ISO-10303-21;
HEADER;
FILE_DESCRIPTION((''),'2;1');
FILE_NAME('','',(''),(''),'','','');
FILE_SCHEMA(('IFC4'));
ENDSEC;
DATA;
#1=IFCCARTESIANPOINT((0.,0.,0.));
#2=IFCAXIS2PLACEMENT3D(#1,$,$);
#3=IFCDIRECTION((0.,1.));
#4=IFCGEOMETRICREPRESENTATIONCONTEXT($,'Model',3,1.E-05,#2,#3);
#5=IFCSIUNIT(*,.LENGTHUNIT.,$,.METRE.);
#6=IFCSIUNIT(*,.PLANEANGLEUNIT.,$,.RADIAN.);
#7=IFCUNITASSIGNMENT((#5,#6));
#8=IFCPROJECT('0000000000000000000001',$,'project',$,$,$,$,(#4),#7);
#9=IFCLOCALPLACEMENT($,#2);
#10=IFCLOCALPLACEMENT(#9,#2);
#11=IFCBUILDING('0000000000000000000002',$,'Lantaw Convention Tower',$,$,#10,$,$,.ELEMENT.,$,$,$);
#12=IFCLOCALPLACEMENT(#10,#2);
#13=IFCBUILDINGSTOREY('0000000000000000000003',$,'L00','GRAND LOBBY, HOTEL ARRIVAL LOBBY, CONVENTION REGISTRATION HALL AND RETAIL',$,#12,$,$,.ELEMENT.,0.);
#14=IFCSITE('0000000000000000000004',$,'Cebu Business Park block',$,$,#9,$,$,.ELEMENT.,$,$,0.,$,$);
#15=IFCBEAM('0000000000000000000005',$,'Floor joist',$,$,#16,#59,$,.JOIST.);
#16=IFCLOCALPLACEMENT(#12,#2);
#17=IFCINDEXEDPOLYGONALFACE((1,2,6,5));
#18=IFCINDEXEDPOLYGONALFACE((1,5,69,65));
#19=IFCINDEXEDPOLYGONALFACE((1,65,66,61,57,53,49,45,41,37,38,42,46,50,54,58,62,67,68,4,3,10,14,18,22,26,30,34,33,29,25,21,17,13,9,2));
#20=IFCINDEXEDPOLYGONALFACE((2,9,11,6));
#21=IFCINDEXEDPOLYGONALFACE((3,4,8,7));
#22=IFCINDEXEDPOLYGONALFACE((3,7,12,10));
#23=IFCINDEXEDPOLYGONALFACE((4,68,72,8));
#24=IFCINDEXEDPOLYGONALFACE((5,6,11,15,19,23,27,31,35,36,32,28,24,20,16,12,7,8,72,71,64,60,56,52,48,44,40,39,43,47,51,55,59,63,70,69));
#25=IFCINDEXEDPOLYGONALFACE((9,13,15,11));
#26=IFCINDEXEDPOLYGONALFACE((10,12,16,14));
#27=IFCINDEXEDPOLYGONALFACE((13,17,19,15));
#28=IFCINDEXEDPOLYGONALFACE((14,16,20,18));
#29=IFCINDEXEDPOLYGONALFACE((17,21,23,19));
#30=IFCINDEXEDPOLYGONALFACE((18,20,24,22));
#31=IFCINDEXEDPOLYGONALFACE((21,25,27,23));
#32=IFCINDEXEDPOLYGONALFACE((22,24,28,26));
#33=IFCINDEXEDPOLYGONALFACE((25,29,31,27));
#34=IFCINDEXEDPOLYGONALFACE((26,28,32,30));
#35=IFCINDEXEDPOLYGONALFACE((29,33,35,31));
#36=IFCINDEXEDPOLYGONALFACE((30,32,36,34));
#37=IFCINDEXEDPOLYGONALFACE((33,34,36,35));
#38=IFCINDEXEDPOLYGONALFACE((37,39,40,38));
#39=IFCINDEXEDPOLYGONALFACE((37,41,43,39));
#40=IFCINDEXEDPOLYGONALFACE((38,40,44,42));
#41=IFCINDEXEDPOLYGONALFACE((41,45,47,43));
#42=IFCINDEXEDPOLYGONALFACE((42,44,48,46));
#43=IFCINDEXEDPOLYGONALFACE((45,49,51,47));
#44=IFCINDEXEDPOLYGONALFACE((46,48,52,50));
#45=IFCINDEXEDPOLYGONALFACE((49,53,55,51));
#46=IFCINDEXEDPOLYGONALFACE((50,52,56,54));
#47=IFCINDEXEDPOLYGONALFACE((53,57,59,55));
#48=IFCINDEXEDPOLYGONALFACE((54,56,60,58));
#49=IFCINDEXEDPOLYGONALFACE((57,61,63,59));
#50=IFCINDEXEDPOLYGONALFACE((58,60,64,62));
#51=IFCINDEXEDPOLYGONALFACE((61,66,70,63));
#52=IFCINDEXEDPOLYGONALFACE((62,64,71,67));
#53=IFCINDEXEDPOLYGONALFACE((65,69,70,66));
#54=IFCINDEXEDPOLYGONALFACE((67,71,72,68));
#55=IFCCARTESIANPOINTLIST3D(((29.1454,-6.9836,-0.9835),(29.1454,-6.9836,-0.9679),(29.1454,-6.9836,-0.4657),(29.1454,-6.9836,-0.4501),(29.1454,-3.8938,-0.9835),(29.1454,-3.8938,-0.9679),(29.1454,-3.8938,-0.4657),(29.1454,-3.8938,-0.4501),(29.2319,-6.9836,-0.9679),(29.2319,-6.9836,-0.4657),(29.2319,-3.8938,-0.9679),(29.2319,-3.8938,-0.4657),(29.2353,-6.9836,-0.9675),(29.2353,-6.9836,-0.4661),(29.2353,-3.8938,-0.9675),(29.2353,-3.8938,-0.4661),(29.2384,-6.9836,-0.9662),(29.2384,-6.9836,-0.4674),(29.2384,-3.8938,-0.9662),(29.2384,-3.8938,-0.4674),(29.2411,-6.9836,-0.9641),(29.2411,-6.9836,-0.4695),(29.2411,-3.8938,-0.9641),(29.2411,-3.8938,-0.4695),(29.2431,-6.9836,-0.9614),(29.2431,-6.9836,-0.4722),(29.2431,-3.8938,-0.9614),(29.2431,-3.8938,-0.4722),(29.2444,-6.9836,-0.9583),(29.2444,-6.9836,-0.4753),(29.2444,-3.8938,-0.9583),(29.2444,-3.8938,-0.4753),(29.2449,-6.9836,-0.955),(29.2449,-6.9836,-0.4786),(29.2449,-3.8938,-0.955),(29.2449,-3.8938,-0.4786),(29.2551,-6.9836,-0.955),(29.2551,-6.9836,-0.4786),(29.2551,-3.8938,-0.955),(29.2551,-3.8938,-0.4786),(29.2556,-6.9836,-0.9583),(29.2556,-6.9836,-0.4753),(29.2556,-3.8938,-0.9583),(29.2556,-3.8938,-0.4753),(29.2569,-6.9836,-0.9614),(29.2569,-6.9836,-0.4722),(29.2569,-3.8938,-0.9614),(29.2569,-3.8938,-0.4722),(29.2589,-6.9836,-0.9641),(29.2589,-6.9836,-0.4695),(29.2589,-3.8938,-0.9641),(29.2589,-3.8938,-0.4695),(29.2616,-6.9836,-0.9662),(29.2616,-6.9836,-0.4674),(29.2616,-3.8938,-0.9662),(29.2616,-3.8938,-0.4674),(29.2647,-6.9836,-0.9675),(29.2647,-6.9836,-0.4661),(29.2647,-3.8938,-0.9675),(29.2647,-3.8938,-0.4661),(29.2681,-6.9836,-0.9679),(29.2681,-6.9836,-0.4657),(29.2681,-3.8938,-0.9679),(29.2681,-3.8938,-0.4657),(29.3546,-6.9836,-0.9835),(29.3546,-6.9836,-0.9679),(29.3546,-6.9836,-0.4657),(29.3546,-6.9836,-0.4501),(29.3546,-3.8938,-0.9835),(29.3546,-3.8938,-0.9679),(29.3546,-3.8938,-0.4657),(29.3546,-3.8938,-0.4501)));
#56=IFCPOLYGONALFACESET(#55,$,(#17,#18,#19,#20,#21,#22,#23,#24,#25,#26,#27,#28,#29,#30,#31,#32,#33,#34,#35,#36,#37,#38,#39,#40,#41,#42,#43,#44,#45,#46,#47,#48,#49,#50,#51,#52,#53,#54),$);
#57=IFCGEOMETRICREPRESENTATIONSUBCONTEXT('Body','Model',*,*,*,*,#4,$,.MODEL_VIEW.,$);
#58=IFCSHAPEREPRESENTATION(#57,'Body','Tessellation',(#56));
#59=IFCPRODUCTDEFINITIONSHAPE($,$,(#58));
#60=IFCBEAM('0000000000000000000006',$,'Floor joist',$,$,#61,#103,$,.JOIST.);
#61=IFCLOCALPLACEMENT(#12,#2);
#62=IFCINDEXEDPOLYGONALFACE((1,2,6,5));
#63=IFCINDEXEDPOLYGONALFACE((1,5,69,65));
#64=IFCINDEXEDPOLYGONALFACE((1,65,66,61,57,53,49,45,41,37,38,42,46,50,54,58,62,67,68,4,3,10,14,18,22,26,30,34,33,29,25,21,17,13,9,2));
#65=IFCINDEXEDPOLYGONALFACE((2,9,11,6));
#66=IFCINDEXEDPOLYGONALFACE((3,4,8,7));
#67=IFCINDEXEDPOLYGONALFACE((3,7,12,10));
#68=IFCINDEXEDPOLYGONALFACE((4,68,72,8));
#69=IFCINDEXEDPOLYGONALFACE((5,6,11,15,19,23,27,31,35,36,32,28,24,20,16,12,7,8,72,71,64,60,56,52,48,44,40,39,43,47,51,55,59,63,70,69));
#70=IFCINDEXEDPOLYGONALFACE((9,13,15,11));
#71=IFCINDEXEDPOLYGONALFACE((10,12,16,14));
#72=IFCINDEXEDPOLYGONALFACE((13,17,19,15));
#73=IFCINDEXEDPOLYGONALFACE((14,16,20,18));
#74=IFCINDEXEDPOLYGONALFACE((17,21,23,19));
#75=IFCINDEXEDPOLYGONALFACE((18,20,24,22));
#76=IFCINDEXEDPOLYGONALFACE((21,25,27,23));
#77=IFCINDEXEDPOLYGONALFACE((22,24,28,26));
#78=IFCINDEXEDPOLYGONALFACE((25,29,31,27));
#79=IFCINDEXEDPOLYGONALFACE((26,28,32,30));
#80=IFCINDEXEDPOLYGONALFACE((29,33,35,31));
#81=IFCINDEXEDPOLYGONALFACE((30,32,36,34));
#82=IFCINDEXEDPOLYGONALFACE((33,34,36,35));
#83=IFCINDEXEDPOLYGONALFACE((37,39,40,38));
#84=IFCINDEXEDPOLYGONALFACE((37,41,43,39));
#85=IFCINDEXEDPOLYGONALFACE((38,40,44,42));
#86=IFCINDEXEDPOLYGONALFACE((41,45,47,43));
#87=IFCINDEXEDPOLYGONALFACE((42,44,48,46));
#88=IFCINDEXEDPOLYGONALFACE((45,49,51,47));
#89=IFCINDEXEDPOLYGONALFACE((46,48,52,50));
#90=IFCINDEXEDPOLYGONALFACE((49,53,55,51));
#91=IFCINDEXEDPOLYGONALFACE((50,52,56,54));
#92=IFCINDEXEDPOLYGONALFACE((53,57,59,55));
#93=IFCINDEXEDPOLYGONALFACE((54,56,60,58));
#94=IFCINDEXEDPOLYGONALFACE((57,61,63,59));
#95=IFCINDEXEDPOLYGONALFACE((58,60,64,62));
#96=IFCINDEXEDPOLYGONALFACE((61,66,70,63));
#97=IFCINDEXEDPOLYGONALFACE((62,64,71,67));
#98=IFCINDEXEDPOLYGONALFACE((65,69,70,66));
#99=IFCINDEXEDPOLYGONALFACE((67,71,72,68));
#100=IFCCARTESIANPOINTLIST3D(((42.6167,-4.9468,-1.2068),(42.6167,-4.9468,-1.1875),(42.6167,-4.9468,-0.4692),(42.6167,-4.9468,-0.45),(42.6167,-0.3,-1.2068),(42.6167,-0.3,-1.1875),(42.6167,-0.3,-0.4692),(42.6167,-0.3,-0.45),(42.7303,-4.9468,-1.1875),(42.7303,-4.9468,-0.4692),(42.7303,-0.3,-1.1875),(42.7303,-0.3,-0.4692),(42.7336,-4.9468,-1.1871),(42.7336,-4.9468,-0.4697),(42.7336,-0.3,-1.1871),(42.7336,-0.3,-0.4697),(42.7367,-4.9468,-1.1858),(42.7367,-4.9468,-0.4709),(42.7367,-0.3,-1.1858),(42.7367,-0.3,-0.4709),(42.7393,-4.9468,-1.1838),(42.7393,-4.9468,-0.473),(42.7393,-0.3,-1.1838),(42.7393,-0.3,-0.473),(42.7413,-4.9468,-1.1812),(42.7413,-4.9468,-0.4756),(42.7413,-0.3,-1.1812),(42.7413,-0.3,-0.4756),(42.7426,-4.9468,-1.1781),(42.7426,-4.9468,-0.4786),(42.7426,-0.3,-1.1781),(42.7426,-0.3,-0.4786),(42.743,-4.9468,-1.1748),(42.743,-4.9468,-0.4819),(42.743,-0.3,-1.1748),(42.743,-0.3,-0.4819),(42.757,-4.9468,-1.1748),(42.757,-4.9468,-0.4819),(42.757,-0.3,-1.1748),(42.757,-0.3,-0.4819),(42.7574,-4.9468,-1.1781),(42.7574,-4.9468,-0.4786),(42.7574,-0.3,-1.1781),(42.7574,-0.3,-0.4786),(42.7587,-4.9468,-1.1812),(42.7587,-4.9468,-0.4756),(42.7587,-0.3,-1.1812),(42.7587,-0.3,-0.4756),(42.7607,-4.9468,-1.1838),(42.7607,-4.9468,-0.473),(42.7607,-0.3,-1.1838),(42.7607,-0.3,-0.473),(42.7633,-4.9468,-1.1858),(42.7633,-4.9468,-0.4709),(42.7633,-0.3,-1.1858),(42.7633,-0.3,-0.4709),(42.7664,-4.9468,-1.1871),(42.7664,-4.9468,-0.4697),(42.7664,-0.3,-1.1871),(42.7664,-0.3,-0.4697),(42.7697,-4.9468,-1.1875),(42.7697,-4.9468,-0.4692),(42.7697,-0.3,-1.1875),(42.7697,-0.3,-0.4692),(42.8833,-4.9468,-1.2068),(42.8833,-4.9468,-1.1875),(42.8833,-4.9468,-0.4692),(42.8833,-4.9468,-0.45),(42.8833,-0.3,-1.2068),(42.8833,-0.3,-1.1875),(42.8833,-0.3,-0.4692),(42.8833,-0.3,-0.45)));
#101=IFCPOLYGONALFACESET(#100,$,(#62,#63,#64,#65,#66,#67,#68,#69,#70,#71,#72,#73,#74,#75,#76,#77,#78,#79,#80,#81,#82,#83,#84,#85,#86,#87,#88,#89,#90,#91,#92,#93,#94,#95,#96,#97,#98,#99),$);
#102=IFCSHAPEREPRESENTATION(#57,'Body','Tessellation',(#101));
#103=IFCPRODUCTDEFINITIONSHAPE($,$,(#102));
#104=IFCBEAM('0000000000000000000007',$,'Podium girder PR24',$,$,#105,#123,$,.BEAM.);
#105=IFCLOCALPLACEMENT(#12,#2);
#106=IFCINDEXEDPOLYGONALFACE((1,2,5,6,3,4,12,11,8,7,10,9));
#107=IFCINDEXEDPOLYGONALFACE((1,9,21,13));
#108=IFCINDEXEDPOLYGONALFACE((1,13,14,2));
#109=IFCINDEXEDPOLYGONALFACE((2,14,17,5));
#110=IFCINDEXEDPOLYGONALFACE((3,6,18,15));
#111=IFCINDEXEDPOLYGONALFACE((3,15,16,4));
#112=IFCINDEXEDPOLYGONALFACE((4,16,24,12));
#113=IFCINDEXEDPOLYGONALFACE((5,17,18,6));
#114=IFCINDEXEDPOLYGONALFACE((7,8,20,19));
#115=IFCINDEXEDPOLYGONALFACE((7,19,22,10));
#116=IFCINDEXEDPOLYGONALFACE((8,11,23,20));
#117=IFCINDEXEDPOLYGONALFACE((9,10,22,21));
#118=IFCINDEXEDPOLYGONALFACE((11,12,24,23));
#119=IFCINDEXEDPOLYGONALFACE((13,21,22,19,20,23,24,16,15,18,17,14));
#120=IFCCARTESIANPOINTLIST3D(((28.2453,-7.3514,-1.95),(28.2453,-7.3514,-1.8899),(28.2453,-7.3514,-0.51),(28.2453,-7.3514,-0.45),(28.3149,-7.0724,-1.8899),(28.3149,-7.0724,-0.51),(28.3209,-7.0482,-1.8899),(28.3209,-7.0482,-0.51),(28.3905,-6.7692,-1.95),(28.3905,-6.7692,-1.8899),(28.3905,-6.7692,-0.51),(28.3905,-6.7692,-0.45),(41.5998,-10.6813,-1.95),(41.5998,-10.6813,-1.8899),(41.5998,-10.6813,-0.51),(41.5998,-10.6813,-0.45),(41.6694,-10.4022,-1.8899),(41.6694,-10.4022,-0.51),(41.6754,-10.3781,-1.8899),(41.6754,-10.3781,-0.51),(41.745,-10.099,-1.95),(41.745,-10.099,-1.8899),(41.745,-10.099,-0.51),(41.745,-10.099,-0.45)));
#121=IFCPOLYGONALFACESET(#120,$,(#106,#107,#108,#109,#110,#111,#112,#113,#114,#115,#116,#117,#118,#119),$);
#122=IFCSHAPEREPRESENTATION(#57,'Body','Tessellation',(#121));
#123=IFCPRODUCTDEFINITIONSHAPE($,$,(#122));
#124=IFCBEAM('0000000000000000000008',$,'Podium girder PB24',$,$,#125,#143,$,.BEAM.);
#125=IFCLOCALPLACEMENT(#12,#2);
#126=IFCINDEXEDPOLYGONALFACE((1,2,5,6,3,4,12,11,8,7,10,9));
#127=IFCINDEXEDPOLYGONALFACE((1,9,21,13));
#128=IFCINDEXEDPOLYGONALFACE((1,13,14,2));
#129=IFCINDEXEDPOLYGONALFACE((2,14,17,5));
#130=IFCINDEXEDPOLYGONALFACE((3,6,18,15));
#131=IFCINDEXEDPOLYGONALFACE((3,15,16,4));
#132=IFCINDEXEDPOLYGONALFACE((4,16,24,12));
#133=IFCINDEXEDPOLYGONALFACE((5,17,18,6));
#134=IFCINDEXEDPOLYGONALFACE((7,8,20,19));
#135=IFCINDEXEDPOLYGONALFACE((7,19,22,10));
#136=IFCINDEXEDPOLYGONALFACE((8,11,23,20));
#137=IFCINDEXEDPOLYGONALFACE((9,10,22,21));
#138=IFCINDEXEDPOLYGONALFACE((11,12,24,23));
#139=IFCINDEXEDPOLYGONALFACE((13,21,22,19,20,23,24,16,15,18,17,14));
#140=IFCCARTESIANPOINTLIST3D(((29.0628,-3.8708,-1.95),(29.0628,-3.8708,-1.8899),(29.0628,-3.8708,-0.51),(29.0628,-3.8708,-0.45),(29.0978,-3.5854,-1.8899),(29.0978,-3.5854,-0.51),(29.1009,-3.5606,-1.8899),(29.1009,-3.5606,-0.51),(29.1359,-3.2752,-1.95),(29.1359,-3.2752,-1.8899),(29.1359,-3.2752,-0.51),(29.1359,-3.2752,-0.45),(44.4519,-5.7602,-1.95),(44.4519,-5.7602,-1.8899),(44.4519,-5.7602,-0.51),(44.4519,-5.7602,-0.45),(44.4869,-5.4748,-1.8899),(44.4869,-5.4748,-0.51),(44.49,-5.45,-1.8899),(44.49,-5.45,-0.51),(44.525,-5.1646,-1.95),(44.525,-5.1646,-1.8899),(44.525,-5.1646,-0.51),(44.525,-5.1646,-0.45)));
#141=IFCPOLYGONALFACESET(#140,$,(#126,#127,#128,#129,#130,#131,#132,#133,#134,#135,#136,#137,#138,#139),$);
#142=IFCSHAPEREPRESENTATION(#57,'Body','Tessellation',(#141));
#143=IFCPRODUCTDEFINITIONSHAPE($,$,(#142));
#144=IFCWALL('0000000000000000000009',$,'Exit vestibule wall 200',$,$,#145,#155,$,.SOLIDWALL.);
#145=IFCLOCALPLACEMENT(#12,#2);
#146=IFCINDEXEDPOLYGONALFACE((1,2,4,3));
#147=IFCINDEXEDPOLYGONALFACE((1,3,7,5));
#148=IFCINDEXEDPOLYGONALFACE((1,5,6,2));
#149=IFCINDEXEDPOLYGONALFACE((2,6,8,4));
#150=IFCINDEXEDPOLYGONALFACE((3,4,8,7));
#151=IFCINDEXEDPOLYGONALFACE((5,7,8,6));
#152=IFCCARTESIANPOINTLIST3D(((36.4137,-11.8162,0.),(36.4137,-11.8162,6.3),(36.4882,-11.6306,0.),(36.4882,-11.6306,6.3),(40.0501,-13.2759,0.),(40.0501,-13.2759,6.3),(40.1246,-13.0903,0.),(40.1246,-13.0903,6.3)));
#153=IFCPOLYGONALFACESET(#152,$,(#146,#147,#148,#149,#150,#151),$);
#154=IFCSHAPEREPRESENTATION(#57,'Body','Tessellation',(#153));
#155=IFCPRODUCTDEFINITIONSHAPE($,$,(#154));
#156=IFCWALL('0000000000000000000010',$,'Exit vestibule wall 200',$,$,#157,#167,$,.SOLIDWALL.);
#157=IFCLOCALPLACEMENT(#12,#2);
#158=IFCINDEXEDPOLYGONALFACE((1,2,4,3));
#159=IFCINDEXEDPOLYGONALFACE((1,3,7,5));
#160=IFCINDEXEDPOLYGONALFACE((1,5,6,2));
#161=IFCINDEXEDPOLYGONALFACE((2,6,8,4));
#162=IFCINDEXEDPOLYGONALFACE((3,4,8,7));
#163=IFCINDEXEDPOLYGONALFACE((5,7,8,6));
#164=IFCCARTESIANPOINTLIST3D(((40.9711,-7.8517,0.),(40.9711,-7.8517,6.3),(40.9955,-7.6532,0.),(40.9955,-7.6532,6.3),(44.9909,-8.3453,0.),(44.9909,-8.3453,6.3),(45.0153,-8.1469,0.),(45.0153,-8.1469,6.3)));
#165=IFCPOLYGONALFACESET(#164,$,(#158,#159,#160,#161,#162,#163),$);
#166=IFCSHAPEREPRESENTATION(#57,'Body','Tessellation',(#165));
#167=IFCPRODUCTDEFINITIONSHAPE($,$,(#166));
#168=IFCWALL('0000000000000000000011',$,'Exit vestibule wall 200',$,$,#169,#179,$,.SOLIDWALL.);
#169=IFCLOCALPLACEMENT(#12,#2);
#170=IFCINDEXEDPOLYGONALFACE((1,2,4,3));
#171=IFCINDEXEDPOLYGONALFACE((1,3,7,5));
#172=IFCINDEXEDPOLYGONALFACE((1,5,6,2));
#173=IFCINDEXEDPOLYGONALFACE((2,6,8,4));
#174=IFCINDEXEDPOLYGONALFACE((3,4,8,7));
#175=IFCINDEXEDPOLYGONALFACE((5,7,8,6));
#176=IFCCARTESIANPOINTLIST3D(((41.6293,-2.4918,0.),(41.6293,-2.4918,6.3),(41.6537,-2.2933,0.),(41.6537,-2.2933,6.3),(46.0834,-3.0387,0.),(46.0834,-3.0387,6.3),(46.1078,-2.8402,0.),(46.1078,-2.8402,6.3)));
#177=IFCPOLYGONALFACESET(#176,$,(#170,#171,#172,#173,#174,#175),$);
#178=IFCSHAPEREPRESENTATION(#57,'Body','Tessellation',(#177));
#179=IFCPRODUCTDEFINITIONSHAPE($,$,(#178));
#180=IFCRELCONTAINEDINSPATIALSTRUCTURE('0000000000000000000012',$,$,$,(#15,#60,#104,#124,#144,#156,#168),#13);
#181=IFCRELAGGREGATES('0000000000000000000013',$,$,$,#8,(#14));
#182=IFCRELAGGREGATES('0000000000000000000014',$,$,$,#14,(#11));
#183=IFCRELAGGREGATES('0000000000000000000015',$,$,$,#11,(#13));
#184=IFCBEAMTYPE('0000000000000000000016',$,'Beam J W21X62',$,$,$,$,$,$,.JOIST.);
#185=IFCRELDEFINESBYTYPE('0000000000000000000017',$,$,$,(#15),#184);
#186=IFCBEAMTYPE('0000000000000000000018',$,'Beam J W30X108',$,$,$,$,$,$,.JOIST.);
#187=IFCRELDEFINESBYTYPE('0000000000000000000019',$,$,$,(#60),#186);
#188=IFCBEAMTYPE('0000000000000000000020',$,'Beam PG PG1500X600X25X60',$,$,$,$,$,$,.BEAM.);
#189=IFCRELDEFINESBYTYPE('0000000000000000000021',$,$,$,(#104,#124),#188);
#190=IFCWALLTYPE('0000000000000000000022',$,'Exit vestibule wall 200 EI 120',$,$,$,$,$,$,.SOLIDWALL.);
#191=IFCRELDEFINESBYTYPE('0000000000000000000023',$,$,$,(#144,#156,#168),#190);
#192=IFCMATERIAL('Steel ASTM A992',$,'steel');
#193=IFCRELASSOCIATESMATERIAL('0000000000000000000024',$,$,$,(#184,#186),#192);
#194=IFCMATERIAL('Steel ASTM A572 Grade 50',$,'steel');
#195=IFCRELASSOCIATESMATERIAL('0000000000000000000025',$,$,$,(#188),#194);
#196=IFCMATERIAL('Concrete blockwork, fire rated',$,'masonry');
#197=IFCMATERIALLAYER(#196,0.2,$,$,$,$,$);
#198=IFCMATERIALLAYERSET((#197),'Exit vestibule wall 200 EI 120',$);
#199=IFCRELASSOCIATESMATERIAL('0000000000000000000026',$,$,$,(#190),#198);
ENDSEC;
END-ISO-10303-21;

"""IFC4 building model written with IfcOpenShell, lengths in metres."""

from ifc_helpers import new_model, si_unit, direction, frame, frame_2d, origin, origin_2d, place, context, subcontext, project, spatial, rectangle, i_section, extrude, material, layer, layer_set, material_profile, profile_set, type_object, element, save


model = new_model("IFC4")

# Units and contexts
model_context = context("Model", 3, precision=1e-05, world=origin(), true_north=direction((0.0, 1.0)))
body_context = subcontext(model_context, "Body", "Model", "MODEL_VIEW")
ifc_project = project(units=[si_unit("LENGTHUNIT", "METRE"), si_unit("PLANEANGLEUNIT", "RADIAN")], contexts=[model_context])

# Site, building, storey
site_placement = place(None, origin())
site = spatial("IfcSite", under=ifc_project, at=site_placement, Name="Cebu Business Park block", CompositionType="ELEMENT", RefElevation=0.0)
building_placement = place(site_placement, origin())
building = spatial("IfcBuilding", under=site, at=building_placement, Name="Lantaw Convention Tower", CompositionType="ELEMENT")
storey_placement = place(building_placement, origin())
storey = spatial("IfcBuildingStorey", under=building, at=storey_placement, Name="L00", Description="GRAND LOBBY, HOTEL ARRIVAL LOBBY, CONVENTION REGISTRATION HALL AND RETAIL", CompositionType="ELEMENT", Elevation=0.0)

# Shared definitions
ifc_material_1 = material(Name="Steel ASTM A572 Grade 50", Category="steel")

# Beams
ifc_material_2 = material(Name="Steel ASTM A992", Category="steel")
ifc_material_profile_1 = material_profile(ifc_material_2, i_section(OverallWidth=0.2092, OverallDepth=0.5334, WebThickness=0.0103, FlangeThickness=0.0156, FilletRadius=0.0129, at=origin_2d()), Name="W21X62")
ifc_profile_set_1 = profile_set([ifc_material_profile_1], Name="Steel ASTM A992")
beam_type_1 = type_object("IfcBeamType", Name="Beam J W21X62", PredefinedType="JOIST", material=ifc_profile_set_1)
beam_1_placement = place(storey_placement, frame((29.25, -6.9836, -0.7168), z_axis=(0.0, 1.0, 0.0), x_axis=(-1.0, 0.0, 0.0)))
element("IfcBeam", 1, at=beam_1_placement, inside=storey, type_object=beam_type_1, Name="Floor joist", PredefinedType="JOIST", context=body_context, shape_type="SweptSolid", body=[
    extrude(i_section(OverallWidth=0.2092, OverallDepth=0.5334, WebThickness=0.0103, FlangeThickness=0.0156, FilletRadius=0.0129, at=origin_2d()), origin(), (0.0, 0.0, 1.0), 3.0898),
])
ifc_material_profile_2 = material_profile(ifc_material_2, i_section(OverallWidth=0.2666, OverallDepth=0.7568, WebThickness=0.0139, FlangeThickness=0.0193, FilletRadius=0.0127, at=origin_2d()), Name="W30X108")
ifc_profile_set_2 = profile_set([ifc_material_profile_2], Name="Steel ASTM A992")
beam_type_2 = type_object("IfcBeamType", Name="Beam J W30X108", PredefinedType="JOIST", material=ifc_profile_set_2)
beam_2_placement = place(storey_placement, frame((42.75, -4.9468, -0.8284), z_axis=(0.0, 1.0, 0.0), x_axis=(-1.0, 0.0, 0.0)))
element("IfcBeam", 2, at=beam_2_placement, inside=storey, type_object=beam_type_2, Name="Floor joist", PredefinedType="JOIST", context=body_context, shape_type="SweptSolid", body=[
    extrude(i_section(OverallWidth=0.2666, OverallDepth=0.7568, WebThickness=0.0139, FlangeThickness=0.0193, FilletRadius=0.0127, at=origin_2d()), origin(), (0.0, 0.0, 1.0), 4.6467),
])
ifc_material_profile_3 = material_profile(ifc_material_1, i_section(OverallWidth=0.6001, OverallDepth=1.5, WebThickness=0.0249, FlangeThickness=0.0601, at=origin_2d()), Name="PG1500X600X25X60")
ifc_profile_set_3 = profile_set([ifc_material_profile_3], Name="Steel ASTM A572 Grade 50")
beam_type_3 = type_object("IfcBeamType", Name="Beam PG PG1500X600X25X60", PredefinedType="BEAM", material=ifc_profile_set_3)
beam_3_placement = place(storey_placement, frame((28.3179, -7.0603, -1.2), z_axis=(0.970293, -0.241935, 0.0), x_axis=(0.241935, 0.970293, 0.0)))
element("IfcBeam", 3, at=beam_3_placement, inside=storey, type_object=beam_type_3, Name="Podium girder PR24", PredefinedType="BEAM", context=body_context, shape_type="SweptSolid", body=[
    extrude(i_section(OverallWidth=0.6001, OverallDepth=1.5, WebThickness=0.0249, FlangeThickness=0.0601, at=origin_2d()), origin(), (0.0, 0.0, 1.0), 13.7634),
])
beam_4_placement = place(storey_placement, frame((29.0994, -3.573, -1.2), z_axis=(0.992547, -0.12186, 0.0), x_axis=(0.12186, 0.992547, 0.0)))
element("IfcBeam", 4, at=beam_4_placement, inside=storey, type_object=beam_type_3, Name="Podium girder PB24", PredefinedType="BEAM", context=body_context, shape_type="SweptSolid", body=[
    extrude(i_section(OverallWidth=0.6001, OverallDepth=1.5, WebThickness=0.0249, FlangeThickness=0.0601, at=origin_2d()), origin(), (0.0, 0.0, 1.0), 15.5046),
])

# Walls
ifc_material_3 = material(Name="Concrete blockwork, fire rated", Category="masonry")
ifc_layer_1 = layer(ifc_material_3, 0.2)
ifc_layer_set_1 = layer_set([ifc_layer_1], Name="Exit vestibule wall 200 EI 120")
wall_type_1 = type_object("IfcWallType", Name="Exit vestibule wall 200 EI 120", PredefinedType="SOLIDWALL", material=ifc_layer_set_1)
wall_1_placement = place(storey_placement, frame((36.4509, -11.7234, 0.0), z_axis=(0.0, 0.0, 1.0), x_axis=(0.928025, -0.372518, 0.0)))
element("IfcWall", 5, at=wall_1_placement, inside=storey, type_object=wall_type_1, Name="Exit vestibule wall 200", PredefinedType="SOLIDWALL", context=body_context, shape_type="SweptSolid", body=[
    extrude(rectangle(XDim=3.9185, YDim=0.2, at=frame_2d((1.9592, 0.0))), origin(), (0.0, 0.0, 1.0), 6.3),
])
wall_2_placement = place(storey_placement, frame((40.9834, -7.7524, 0.0), z_axis=(0.0, 0.0, 1.0), x_axis=(0.992544, -0.12189, 0.0)))
element("IfcWall", 6, at=wall_2_placement, inside=storey, type_object=wall_type_1, Name="Exit vestibule wall 200", PredefinedType="SOLIDWALL", context=body_context, shape_type="SweptSolid", body=[
    extrude(rectangle(XDim=4.05, YDim=0.2, at=frame_2d((2.0249, 0.0))), origin(), (0.0, 0.0, 1.0), 6.3),
])
wall_3_placement = place(storey_placement, frame((41.6416, -2.3926, 0.0), z_axis=(0.0, 0.0, 1.0), x_axis=(0.992547, -0.121865, 0.0)))
element("IfcWall", 7, at=wall_3_placement, inside=storey, type_object=wall_type_1, Name="Exit vestibule wall 200", PredefinedType="SOLIDWALL", context=body_context, shape_type="SweptSolid", body=[
    extrude(rectangle(XDim=4.4875, YDim=0.2, at=frame_2d((2.2437, 0.0))), origin(), (0.0, 0.0, 1.0), 6.3),
])

save(model, "model.ifc")
